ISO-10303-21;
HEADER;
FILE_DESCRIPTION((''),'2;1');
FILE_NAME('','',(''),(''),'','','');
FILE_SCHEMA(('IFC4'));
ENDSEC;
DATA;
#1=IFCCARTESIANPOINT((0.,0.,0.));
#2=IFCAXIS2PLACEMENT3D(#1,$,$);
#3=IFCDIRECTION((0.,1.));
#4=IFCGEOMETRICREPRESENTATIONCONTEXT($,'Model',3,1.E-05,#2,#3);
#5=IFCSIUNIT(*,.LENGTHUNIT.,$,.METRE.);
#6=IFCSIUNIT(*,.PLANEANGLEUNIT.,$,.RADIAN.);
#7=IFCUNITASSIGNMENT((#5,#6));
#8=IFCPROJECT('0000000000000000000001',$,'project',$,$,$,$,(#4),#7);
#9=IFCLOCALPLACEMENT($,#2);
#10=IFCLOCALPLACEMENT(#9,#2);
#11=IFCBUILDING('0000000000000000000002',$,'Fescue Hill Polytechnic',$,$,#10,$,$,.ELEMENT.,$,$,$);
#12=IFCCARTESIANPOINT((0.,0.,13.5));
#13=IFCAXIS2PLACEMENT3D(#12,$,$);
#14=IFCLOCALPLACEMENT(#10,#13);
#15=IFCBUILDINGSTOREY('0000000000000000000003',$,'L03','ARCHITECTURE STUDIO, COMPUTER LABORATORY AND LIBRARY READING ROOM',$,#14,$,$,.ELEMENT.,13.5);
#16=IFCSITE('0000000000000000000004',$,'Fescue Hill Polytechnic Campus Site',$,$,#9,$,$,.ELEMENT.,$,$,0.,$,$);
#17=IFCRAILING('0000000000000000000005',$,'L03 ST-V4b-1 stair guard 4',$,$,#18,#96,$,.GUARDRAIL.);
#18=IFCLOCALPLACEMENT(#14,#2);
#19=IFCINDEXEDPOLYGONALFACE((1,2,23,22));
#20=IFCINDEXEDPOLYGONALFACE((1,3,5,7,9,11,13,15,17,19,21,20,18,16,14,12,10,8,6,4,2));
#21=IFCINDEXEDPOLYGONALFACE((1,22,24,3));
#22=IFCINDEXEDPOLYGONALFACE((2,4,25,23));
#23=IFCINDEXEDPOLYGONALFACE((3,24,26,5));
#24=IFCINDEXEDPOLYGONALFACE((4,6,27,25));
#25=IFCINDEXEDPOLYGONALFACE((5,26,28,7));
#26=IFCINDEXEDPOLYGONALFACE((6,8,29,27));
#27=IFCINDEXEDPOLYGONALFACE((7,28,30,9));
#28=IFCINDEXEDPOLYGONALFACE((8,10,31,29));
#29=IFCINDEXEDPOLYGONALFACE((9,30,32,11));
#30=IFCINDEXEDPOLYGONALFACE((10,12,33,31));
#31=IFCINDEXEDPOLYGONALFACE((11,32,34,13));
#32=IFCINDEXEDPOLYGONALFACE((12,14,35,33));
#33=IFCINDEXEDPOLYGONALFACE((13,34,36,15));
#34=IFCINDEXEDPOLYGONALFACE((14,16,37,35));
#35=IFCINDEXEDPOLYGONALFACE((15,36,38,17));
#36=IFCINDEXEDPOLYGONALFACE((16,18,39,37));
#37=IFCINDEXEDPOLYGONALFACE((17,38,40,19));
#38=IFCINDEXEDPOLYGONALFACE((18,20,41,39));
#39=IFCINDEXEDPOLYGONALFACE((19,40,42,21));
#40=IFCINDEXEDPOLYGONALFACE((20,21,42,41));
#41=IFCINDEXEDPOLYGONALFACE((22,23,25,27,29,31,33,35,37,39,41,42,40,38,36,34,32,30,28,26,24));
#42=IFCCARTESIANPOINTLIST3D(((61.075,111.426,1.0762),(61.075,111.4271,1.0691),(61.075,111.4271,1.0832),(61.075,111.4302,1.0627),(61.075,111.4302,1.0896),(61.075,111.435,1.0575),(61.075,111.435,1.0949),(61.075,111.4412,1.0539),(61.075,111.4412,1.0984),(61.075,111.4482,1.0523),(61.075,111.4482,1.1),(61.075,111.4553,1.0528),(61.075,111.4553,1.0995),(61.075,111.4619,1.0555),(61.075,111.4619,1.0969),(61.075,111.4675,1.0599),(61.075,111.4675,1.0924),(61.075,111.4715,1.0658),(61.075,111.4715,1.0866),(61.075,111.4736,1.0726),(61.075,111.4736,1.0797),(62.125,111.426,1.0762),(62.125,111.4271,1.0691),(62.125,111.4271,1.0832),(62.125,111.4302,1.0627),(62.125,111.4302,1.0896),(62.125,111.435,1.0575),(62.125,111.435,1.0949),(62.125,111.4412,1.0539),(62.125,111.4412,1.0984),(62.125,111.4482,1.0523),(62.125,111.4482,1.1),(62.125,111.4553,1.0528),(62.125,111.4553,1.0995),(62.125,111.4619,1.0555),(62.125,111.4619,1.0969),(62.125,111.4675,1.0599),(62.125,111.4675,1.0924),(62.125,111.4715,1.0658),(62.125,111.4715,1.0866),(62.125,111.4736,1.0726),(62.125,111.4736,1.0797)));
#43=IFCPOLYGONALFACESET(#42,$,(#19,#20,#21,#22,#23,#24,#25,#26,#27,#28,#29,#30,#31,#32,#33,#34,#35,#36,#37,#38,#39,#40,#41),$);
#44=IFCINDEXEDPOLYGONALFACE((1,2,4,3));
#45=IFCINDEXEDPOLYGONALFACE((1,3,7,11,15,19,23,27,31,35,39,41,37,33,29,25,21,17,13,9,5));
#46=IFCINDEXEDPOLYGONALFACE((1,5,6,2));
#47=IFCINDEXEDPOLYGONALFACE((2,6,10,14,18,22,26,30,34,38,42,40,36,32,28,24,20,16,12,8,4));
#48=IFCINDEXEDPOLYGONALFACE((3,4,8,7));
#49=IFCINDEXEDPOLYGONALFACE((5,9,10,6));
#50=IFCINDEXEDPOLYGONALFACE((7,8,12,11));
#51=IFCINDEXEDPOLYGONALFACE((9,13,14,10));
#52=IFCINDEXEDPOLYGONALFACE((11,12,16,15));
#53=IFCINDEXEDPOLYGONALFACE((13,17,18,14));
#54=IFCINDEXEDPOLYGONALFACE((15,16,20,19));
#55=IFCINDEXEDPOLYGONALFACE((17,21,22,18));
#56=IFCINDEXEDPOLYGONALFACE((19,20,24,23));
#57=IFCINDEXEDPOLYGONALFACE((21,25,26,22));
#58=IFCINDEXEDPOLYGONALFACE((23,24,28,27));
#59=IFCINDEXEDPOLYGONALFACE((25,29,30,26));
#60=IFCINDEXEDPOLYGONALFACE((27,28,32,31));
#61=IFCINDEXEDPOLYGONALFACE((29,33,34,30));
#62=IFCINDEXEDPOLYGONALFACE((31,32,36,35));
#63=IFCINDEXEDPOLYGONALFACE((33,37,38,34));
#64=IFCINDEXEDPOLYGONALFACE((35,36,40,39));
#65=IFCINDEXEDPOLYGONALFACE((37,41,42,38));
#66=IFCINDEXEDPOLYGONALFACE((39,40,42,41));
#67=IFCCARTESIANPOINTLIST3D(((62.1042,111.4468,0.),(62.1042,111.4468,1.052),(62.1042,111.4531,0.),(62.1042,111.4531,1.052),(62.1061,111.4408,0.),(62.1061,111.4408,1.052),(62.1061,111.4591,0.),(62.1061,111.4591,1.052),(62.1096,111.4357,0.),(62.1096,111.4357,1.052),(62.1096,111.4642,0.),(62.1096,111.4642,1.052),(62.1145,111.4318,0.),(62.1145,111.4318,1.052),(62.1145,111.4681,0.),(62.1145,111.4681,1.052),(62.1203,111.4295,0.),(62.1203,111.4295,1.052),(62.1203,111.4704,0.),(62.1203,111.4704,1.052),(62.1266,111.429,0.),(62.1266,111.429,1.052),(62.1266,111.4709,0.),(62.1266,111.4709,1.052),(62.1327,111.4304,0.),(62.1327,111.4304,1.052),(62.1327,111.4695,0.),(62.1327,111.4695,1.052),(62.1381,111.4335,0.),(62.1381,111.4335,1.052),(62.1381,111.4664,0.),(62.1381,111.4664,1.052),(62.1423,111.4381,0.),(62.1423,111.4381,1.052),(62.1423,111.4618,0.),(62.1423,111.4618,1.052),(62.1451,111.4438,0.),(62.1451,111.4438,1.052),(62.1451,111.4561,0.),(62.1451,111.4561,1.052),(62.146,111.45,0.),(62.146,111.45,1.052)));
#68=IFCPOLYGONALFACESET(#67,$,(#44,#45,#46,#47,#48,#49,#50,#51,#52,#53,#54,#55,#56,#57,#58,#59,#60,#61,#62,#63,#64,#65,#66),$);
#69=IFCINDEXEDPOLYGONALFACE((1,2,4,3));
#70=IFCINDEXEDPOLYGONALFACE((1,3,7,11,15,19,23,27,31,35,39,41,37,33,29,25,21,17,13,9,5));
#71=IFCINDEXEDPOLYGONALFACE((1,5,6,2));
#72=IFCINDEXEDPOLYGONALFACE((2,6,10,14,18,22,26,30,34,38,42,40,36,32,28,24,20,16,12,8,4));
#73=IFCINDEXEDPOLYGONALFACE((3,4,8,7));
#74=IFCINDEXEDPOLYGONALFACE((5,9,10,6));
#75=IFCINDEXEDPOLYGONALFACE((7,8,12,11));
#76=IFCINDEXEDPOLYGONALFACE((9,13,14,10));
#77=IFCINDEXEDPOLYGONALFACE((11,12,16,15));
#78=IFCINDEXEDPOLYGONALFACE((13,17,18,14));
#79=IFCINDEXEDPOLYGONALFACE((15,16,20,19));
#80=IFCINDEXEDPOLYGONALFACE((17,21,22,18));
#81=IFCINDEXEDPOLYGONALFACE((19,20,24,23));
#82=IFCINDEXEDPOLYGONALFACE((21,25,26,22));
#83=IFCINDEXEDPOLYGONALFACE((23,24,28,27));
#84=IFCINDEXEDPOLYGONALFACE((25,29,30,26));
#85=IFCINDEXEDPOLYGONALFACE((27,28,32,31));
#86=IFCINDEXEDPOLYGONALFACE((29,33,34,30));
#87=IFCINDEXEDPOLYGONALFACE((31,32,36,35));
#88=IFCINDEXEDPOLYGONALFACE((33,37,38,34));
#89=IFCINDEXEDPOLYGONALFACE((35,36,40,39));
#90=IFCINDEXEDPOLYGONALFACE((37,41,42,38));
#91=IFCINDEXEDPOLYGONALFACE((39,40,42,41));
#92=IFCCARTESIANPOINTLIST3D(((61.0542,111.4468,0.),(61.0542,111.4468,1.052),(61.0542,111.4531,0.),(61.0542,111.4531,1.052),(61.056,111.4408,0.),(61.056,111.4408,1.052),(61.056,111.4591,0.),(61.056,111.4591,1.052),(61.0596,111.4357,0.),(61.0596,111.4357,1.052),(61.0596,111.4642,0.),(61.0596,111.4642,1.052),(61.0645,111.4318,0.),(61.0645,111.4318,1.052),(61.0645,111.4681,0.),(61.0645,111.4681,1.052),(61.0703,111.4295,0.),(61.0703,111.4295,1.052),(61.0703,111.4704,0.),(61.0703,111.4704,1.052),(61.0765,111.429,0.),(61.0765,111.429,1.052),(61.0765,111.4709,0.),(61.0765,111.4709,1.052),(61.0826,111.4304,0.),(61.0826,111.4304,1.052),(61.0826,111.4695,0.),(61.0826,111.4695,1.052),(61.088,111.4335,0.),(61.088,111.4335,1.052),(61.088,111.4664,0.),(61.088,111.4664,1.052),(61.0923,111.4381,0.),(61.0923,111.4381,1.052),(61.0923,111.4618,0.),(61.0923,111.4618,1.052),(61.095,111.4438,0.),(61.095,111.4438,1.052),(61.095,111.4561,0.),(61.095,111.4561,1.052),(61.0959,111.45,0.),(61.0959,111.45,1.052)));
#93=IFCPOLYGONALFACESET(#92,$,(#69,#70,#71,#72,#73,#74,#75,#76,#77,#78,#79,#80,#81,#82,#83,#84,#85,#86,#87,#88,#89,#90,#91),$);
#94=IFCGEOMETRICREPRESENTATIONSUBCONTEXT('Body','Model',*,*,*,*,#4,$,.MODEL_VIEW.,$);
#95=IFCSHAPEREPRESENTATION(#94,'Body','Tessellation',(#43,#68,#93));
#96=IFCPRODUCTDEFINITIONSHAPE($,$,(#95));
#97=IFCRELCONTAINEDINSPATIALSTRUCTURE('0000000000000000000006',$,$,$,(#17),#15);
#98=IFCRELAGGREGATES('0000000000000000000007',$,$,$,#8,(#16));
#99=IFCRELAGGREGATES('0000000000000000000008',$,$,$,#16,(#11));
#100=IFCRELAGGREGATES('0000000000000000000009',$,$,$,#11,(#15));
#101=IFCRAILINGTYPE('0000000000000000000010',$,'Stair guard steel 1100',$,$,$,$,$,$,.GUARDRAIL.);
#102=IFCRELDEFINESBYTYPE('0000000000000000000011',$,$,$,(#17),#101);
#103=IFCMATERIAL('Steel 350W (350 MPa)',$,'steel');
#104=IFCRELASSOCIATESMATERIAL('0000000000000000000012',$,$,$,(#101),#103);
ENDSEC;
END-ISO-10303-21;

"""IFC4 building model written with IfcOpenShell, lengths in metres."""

from ifc_helpers import new_model, si_unit, direction, frame, origin, origin_2d, place, context, subcontext, project, spatial, circle, extrude, material, type_object, element, save


model = new_model("IFC4")

# Units and contexts
model_context = context("Model", 3, precision=1e-05, world=origin(), true_north=direction((0.0, 1.0)))
body_context = subcontext(model_context, "Body", "Model", "MODEL_VIEW")
ifc_project = project(units=[si_unit("LENGTHUNIT", "METRE"), si_unit("PLANEANGLEUNIT", "RADIAN")], contexts=[model_context])

# Site, building, storey
site_placement = place(None, origin())
site = spatial("IfcSite", under=ifc_project, at=site_placement, Name="Fescue Hill Polytechnic Campus Site", CompositionType="ELEMENT", RefElevation=0.0)
building_placement = place(site_placement, origin())
building = spatial("IfcBuilding", under=site, at=building_placement, Name="Fescue Hill Polytechnic", CompositionType="ELEMENT")
storey_placement = place(building_placement, frame((0.0, 0.0, 13.5)))
storey = spatial("IfcBuildingStorey", under=building, at=storey_placement, Name="L03", Description="ARCHITECTURE STUDIO, COMPUTER LABORATORY AND LIBRARY READING ROOM", CompositionType="ELEMENT", Elevation=13.5)

# Railing
ifc_material_1 = material(Name="Steel 350W (350 MPa)", Category="steel")
railing_type_1 = type_object("IfcRailingType", Name="Stair guard steel 1100", PredefinedType="GUARDRAIL", material=ifc_material_1)
railing_1_placement = place(storey_placement, frame((62.125, 111.45, 0.0)))
element("IfcRailing", 1, at=railing_1_placement, inside=storey, type_object=railing_type_1, Name="L03 ST-V4b-1 stair guard 4", PredefinedType="GUARDRAIL", context=body_context, shape_type="SweptSolid", body=[
    extrude(circle(Radius=0.0239, at=origin_2d()), frame((0.0, 0.0, 1.0762), z_axis=(-1.0, 0.0, 0.0), x_axis=(0.0, -1.0, 0.0)), (0.0, 0.0, 1.0), 1.05),
    extrude(circle(Radius=0.021, at=origin_2d()), origin(), (0.0, 0.0, 1.0), 1.052),
    extrude(circle(Radius=0.021, at=origin_2d()), frame((-1.05, 0.0, 0.0)), (0.0, 0.0, 1.0), 1.052),
])

save(model, "model.ifc")
